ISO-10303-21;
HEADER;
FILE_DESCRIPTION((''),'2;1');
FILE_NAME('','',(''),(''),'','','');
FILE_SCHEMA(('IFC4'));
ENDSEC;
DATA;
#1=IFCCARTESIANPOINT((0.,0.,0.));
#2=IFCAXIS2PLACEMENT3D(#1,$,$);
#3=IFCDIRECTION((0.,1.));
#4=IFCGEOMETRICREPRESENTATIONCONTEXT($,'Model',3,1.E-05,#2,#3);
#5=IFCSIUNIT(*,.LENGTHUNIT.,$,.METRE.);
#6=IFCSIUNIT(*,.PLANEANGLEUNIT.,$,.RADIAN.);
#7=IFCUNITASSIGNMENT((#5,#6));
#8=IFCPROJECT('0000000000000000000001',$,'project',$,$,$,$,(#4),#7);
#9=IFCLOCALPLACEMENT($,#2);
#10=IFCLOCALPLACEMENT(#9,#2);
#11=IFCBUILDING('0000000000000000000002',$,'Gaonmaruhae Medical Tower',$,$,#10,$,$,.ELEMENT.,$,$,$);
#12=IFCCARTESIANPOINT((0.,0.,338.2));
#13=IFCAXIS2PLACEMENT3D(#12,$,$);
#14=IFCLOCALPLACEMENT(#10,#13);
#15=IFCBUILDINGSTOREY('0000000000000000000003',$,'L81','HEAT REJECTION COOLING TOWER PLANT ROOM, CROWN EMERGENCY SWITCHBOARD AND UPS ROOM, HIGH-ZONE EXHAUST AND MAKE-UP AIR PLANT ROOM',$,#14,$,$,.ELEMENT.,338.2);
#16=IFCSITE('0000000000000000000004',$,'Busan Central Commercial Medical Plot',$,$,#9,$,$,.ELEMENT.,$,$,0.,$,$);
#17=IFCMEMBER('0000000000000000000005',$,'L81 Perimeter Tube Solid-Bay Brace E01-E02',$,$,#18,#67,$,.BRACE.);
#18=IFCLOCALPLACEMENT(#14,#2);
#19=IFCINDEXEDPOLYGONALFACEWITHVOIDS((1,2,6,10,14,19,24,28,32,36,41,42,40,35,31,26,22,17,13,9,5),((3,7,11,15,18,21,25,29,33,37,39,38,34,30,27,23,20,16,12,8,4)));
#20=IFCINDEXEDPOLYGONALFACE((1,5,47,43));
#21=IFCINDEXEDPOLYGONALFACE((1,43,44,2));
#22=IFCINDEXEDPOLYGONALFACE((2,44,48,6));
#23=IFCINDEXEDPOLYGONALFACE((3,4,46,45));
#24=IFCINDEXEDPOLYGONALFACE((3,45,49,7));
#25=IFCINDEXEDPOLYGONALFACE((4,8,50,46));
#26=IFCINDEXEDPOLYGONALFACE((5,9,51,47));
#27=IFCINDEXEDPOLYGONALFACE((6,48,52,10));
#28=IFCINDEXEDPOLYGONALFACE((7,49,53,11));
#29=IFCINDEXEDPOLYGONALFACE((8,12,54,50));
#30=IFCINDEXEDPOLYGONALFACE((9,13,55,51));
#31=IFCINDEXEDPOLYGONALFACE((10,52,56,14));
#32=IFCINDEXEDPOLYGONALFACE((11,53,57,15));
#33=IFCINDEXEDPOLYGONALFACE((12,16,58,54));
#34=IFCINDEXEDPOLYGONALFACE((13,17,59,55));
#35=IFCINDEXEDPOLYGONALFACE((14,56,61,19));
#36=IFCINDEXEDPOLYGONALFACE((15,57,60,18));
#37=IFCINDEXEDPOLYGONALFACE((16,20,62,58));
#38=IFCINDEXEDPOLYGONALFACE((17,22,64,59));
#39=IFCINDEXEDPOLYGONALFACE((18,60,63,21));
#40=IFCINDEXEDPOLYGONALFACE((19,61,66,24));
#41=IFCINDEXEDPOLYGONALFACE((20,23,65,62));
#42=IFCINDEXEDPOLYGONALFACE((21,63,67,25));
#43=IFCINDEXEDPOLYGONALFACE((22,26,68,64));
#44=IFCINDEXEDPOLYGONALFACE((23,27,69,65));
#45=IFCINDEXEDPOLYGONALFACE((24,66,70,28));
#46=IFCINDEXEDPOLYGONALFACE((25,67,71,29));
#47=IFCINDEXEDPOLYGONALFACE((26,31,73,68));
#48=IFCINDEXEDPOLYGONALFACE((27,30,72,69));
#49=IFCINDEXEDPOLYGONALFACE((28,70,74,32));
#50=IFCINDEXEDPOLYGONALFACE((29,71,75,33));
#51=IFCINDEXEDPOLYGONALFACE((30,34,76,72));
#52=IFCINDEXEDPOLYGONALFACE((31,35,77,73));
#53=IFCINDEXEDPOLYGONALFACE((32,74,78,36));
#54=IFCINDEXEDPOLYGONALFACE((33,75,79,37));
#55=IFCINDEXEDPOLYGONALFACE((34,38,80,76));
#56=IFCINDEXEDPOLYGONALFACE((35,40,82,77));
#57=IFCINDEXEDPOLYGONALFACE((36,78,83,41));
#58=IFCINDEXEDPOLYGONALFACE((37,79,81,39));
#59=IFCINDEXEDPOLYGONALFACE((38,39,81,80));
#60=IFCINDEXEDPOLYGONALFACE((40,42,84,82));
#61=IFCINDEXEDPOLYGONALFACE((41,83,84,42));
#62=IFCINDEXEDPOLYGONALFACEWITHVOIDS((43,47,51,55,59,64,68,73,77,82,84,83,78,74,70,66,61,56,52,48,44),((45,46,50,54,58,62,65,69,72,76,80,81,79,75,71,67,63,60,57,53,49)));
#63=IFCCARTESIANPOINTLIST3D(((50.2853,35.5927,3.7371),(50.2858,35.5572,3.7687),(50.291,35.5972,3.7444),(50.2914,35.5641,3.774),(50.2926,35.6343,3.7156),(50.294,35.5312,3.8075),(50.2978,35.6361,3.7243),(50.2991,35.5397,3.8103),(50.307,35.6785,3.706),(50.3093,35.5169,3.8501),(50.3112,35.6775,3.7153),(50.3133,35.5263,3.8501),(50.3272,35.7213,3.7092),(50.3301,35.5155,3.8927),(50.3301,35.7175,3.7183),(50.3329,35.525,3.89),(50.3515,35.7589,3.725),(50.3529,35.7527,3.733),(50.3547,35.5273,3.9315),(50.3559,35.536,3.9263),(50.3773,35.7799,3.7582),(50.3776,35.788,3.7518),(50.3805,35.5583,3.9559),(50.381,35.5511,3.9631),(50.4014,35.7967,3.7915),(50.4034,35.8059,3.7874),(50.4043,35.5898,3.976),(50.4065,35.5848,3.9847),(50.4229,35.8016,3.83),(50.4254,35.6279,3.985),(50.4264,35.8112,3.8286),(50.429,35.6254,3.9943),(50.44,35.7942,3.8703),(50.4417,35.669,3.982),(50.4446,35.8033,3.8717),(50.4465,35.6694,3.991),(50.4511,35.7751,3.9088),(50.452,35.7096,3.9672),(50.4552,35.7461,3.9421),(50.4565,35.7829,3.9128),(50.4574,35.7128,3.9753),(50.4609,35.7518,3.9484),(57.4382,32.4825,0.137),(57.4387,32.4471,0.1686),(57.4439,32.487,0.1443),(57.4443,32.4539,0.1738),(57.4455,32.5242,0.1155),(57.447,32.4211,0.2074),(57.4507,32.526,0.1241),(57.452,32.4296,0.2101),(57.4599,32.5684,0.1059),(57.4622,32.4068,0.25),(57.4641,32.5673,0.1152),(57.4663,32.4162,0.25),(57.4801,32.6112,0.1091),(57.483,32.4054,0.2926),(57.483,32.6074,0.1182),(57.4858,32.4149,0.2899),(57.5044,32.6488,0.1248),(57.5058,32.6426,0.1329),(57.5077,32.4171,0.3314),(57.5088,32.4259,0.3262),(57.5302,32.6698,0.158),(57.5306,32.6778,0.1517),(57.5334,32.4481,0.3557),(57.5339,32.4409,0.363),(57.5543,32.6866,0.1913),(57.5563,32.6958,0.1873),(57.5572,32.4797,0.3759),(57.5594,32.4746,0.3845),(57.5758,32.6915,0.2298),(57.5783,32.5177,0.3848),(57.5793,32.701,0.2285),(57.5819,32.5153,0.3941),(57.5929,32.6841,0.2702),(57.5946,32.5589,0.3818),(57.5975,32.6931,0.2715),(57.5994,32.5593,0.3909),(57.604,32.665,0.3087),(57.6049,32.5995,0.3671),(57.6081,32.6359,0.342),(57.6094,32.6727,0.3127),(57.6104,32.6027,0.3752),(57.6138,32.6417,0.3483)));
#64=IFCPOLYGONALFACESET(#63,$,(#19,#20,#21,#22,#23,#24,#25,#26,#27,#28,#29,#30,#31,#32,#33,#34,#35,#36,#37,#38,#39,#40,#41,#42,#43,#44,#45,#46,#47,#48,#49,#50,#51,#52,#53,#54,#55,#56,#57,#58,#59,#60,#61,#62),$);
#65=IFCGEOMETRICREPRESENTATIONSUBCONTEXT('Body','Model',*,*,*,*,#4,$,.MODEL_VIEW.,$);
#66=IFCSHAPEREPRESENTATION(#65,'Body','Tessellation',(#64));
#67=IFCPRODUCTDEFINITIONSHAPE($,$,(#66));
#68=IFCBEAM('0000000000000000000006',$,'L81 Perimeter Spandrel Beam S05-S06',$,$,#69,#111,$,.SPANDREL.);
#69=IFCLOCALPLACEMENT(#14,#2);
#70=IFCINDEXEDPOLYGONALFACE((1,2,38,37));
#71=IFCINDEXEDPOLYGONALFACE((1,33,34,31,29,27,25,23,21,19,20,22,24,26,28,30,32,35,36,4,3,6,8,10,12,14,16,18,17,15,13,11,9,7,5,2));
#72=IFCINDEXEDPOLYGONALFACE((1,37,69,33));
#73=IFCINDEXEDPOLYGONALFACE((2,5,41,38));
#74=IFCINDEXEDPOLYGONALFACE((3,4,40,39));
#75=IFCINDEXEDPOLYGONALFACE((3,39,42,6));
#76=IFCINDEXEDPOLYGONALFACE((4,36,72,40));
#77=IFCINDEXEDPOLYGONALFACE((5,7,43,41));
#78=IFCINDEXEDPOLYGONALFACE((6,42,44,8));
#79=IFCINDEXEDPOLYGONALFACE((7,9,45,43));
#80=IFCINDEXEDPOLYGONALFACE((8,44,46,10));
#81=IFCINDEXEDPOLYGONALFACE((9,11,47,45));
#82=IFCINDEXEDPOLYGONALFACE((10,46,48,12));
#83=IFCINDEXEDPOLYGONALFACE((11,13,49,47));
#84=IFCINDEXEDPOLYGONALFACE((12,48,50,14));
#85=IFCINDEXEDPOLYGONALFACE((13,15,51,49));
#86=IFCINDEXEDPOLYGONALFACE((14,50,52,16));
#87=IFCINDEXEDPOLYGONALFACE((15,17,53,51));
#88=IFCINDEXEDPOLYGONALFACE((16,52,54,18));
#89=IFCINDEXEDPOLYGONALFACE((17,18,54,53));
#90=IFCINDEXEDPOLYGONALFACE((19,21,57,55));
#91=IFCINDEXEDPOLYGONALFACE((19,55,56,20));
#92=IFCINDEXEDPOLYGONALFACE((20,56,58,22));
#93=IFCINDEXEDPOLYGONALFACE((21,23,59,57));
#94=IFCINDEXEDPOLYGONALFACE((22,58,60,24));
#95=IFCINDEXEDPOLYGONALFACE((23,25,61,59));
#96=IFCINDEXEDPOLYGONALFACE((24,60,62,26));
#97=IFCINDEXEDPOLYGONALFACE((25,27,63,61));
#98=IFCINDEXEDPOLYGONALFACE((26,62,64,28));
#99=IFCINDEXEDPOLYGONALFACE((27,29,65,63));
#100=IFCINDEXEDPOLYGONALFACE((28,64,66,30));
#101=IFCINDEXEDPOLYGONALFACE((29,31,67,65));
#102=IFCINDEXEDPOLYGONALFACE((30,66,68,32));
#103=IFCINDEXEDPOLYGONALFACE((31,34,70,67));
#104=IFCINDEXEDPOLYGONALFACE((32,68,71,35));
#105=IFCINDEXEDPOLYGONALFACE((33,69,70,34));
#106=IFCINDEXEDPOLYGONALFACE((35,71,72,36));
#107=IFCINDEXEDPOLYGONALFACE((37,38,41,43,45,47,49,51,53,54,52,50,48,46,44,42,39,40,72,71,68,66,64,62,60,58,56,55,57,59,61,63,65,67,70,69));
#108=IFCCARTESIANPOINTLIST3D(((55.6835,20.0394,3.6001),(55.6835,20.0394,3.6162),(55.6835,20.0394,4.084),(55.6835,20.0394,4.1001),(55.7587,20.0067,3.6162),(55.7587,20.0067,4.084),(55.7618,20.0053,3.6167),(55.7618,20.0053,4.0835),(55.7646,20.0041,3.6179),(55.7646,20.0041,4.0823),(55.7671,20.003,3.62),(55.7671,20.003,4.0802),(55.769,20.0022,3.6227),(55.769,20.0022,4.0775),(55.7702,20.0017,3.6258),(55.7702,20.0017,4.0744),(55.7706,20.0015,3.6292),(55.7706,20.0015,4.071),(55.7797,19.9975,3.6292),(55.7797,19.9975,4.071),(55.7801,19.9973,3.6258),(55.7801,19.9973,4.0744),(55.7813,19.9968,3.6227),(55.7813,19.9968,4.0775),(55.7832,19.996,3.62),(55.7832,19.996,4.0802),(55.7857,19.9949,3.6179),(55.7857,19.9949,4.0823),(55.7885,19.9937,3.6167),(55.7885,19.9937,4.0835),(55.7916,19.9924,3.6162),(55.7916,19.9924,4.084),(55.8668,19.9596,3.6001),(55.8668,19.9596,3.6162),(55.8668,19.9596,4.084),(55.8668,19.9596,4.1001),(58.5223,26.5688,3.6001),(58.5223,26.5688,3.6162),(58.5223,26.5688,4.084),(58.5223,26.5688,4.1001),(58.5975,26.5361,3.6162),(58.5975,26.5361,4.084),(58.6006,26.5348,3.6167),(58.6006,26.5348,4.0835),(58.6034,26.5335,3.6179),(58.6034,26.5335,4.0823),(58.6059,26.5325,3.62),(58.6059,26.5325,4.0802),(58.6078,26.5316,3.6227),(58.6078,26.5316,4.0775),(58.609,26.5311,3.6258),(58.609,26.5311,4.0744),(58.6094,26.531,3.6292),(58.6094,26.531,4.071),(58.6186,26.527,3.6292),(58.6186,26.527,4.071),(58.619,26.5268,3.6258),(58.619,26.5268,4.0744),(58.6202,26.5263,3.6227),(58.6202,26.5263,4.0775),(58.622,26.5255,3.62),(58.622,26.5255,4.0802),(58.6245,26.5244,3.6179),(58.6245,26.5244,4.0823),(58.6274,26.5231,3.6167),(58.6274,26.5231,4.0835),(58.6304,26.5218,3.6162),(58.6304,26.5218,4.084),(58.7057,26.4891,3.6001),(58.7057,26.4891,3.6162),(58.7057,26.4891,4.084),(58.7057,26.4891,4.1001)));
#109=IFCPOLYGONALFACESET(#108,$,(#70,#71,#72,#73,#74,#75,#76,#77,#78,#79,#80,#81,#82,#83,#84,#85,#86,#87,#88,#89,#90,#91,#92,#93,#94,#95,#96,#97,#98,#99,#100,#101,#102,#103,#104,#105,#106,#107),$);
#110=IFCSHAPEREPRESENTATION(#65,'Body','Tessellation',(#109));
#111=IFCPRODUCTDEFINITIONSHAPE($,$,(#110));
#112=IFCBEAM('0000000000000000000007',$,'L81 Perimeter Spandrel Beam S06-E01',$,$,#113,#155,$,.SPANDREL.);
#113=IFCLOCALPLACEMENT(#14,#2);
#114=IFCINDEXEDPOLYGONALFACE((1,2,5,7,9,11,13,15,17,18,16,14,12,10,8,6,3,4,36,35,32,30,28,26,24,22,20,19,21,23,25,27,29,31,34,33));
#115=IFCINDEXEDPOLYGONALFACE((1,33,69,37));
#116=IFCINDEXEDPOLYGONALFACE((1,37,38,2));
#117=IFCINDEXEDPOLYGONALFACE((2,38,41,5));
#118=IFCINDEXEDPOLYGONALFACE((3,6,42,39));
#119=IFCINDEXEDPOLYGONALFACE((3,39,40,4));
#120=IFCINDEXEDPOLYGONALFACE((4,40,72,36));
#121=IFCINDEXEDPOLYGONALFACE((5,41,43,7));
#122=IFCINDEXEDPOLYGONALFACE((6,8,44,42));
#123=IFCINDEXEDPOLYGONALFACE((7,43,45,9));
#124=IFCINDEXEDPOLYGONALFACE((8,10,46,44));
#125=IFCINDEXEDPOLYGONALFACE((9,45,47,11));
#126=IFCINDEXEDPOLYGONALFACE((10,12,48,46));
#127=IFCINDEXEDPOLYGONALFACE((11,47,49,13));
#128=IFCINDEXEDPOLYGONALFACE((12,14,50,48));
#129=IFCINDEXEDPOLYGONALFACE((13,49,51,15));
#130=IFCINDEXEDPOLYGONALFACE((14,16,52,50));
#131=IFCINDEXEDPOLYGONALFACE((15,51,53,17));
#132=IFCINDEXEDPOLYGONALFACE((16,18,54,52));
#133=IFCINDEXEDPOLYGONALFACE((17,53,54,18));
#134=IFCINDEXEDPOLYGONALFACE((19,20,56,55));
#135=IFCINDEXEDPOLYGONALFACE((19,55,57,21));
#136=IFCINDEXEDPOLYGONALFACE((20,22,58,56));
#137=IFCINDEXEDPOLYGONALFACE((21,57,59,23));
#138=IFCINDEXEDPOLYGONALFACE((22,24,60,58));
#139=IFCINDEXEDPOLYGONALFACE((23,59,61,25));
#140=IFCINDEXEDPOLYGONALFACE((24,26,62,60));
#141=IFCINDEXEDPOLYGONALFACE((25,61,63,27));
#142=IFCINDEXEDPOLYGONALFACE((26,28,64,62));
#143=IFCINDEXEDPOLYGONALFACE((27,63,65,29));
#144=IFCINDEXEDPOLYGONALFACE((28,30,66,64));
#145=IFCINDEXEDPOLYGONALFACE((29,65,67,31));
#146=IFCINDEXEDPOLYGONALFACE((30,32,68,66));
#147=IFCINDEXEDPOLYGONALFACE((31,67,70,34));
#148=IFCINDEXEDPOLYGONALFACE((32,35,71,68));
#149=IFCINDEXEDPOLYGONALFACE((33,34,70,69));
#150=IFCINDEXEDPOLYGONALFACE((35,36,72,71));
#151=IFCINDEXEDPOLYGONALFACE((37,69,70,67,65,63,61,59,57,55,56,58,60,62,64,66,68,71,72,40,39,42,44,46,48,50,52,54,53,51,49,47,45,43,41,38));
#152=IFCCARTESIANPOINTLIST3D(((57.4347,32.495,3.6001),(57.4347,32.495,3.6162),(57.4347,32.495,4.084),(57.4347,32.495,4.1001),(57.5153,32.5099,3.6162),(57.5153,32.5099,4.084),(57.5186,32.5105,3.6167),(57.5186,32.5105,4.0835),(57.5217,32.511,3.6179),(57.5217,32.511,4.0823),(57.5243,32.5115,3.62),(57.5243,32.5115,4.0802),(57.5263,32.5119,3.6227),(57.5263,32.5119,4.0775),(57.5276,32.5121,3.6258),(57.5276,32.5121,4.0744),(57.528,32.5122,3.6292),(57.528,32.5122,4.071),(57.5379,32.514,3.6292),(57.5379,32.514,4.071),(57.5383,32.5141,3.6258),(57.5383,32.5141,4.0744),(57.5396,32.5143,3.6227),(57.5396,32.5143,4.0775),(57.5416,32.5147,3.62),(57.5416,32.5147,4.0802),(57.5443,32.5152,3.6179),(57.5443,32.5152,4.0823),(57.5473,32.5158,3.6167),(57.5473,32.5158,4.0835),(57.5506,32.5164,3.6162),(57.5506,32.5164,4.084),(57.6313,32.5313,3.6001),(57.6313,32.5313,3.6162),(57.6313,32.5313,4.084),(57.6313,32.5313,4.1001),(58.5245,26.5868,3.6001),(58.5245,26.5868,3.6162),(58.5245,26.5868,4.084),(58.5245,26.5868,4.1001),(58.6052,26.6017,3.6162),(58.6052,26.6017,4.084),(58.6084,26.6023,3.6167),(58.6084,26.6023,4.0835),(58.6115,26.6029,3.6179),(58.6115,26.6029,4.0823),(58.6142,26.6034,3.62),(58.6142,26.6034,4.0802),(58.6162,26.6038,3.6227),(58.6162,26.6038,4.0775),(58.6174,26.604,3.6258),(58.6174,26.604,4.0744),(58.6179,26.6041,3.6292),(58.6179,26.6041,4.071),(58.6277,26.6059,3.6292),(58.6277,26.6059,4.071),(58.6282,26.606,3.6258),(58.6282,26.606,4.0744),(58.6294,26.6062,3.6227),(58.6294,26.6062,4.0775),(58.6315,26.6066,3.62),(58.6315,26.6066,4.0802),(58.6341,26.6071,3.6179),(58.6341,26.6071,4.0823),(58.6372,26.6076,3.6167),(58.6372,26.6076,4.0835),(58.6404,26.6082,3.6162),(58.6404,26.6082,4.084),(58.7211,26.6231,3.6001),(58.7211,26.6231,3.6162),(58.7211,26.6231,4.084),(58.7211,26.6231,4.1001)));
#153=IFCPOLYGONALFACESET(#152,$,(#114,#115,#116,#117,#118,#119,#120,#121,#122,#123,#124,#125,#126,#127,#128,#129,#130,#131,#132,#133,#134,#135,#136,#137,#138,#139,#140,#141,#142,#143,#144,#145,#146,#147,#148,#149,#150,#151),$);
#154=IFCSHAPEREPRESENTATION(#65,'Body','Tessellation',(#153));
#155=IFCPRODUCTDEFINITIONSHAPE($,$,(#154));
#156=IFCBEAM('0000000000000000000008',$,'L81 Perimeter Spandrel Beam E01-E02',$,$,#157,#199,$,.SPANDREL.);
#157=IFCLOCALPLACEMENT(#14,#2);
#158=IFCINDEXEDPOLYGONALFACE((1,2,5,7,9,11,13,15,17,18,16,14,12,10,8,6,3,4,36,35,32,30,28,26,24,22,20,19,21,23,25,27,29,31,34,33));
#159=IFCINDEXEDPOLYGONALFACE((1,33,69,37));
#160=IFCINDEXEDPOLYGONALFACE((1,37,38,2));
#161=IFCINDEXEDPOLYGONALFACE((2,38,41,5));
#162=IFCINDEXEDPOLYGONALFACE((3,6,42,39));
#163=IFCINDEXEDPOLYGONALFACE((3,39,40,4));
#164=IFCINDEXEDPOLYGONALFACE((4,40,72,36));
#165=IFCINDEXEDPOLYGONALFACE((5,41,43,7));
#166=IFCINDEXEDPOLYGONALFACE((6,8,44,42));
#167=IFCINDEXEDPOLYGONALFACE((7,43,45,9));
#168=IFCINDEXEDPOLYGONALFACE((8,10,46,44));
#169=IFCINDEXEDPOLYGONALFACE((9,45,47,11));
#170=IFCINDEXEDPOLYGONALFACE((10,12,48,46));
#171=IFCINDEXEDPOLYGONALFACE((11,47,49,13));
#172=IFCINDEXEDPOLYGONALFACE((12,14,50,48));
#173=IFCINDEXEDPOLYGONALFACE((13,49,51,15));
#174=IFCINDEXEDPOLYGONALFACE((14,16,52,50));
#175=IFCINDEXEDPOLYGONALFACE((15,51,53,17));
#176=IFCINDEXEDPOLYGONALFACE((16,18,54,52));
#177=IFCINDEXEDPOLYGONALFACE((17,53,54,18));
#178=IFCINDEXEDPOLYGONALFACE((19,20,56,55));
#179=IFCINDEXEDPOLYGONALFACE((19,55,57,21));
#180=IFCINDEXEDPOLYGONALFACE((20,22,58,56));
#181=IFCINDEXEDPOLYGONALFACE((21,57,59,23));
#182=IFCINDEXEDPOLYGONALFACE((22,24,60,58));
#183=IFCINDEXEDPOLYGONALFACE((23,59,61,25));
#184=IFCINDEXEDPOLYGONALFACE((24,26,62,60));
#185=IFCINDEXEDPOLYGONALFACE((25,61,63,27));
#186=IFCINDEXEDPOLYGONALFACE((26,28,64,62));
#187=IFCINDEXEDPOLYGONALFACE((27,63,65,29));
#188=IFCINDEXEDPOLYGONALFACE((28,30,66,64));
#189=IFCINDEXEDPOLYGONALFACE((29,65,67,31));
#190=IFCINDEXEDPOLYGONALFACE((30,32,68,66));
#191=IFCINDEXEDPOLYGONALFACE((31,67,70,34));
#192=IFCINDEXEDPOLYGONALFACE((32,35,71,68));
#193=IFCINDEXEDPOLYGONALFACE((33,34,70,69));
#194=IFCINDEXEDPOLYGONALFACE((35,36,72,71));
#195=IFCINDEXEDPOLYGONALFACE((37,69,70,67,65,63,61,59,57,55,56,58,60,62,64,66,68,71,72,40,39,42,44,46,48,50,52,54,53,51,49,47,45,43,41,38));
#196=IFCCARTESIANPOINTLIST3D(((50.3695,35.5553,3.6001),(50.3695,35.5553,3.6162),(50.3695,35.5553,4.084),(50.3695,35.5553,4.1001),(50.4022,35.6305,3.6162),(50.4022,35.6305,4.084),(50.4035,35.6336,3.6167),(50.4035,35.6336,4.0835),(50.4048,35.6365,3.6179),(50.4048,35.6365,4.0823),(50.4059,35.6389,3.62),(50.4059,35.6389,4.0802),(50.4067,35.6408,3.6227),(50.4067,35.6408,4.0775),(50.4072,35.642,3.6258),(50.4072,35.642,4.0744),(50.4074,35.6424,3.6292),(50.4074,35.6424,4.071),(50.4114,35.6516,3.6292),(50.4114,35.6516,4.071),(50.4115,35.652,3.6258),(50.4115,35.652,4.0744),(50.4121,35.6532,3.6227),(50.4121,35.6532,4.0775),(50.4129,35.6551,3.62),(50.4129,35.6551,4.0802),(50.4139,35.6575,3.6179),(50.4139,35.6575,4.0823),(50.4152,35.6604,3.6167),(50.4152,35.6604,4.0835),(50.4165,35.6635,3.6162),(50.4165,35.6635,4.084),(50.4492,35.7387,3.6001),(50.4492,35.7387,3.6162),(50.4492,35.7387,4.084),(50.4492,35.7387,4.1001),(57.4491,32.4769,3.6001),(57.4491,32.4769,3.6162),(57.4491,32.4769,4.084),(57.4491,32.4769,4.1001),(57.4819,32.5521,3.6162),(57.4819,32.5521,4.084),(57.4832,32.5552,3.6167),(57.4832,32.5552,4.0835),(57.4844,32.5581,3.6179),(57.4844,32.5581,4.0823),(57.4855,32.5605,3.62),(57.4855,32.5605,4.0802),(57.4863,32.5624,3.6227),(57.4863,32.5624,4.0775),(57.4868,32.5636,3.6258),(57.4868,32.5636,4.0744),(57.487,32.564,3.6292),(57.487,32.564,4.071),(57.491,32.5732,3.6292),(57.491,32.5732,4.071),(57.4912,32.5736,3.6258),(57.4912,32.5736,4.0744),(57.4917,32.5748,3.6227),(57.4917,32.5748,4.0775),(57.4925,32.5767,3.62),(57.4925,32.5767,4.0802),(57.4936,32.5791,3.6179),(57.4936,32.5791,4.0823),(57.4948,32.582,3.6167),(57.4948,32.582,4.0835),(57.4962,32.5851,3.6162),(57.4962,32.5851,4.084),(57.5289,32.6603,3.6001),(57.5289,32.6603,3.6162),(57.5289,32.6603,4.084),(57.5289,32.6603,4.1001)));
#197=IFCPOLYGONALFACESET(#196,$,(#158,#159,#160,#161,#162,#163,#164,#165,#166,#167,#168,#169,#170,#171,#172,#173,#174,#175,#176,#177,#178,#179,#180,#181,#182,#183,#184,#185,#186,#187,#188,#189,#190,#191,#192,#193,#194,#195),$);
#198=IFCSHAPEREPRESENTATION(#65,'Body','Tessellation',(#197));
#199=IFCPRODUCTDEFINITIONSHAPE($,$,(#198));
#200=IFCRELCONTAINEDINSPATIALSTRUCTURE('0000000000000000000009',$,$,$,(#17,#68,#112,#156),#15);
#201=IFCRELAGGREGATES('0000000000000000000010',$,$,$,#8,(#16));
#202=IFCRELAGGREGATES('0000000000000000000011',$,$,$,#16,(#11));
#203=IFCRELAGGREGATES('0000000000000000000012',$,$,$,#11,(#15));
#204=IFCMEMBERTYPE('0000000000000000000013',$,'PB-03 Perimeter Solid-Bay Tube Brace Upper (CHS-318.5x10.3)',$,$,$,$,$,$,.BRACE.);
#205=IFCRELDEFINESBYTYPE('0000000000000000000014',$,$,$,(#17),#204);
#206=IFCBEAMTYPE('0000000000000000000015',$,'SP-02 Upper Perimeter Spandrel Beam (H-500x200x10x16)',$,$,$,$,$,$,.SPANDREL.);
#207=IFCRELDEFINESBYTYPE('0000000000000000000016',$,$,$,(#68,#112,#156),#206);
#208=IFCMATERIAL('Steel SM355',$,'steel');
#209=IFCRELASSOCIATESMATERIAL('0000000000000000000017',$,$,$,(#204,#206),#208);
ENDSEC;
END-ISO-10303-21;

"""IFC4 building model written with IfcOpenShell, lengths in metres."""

from ifc_helpers import new_model, si_unit, direction, frame, origin, origin_2d, place, context, subcontext, project, spatial, hollow_circle, i_section, extrude, material, material_profile, profile_set, type_object, element, save


model = new_model("IFC4")

# Units and contexts
model_context = context("Model", 3, precision=1e-05, world=origin(), true_north=direction((0.0, 1.0)))
body_context = subcontext(model_context, "Body", "Model", "MODEL_VIEW")
ifc_project = project(units=[si_unit("LENGTHUNIT", "METRE"), si_unit("PLANEANGLEUNIT", "RADIAN")], contexts=[model_context])

# Site, building, storey
site_placement = place(None, origin())
site = spatial("IfcSite", under=ifc_project, at=site_placement, Name="Busan Central Commercial Medical Plot", CompositionType="ELEMENT", RefElevation=0.0)
building_placement = place(site_placement, origin())
building = spatial("IfcBuilding", under=site, at=building_placement, Name="Gaonmaruhae Medical Tower", CompositionType="ELEMENT")
storey_placement = place(building_placement, frame((0.0, 0.0, 338.2)))
storey = spatial("IfcBuildingStorey", under=building, at=storey_placement, Name="L81", Description="HEAT REJECTION COOLING TOWER PLANT ROOM, CROWN EMERGENCY SWITCHBOARD AND UPS ROOM, HIGH-ZONE EXHAUST AND MAKE-UP AIR PLANT ROOM", CompositionType="ELEMENT", Elevation=338.2)

# Member
ifc_material_1 = material(Name="Steel SM355", Category="steel")
ifc_material_profile_1 = material_profile(ifc_material_1, hollow_circle(Radius=0.1592, WallThickness=0.0103, at=origin_2d()), Name="CHS-318.5x10.3")
ifc_profile_set_1 = profile_set([ifc_material_profile_1], Name="Steel SM355")
member_type_1 = type_object("IfcMemberType", Name="PB-03 Perimeter Solid-Bay Tube Brace Upper (CHS-318.5x10.3)", PredefinedType="BRACE", material=ifc_profile_set_1)
member_1_placement = place(storey_placement, frame((57.5256, 32.5527, 0.25), z_axis=(-0.832646, 0.362041, 0.41908), x_axis=(-0.398746, -0.917062, 0.0)))
element("IfcMember", 1, at=member_1_placement, inside=storey, type_object=member_type_1, Name="L81 Perimeter Tube Solid-Bay Brace E01-E02", PredefinedType="BRACE", context=body_context, shape_type="SweptSolid", body=[
    extrude(hollow_circle(Radius=0.1592, WallThickness=0.0103, at=origin_2d()), origin(), (0.0, 0.0, 1.0), 8.5906),
])

# Beams
ifc_material_profile_2 = material_profile(ifc_material_1, i_section(OverallWidth=0.2, OverallDepth=0.5, WebThickness=0.01, FlangeThickness=0.0161, FilletRadius=0.0129, at=origin_2d()), Name="H-500x200x10x16")
ifc_profile_set_2 = profile_set([ifc_material_profile_2], Name="Steel SM355")
beam_type = type_object("IfcBeamType", Name="SP-02 Upper Perimeter Spandrel Beam (H-500x200x10x16)", PredefinedType="SPANDREL", material=ifc_profile_set_2)
beam_1_placement = place(storey_placement, frame((55.7751, 19.9995, 3.8501), z_axis=(0.398719, 0.917073, 0.0), x_axis=(-0.917073, 0.398719, 0.0)))
element("IfcBeam", 2, at=beam_1_placement, inside=storey, type_object=beam_type, Name="L81 Perimeter Spandrel Beam S05-S06", PredefinedType="SPANDREL", context=body_context, shape_type="SweptSolid", body=[
    extrude(i_section(OverallWidth=0.2, OverallDepth=0.5, WebThickness=0.01, FlangeThickness=0.0161, FilletRadius=0.0129, at=origin_2d()), origin(), (0.0, 0.0, 1.0), 7.1199),
])
beam_2_placement = place(storey_placement, frame((58.6228, 26.605, 3.8501), z_axis=(-0.181402, 0.983409, 0.0), x_axis=(-0.983409, -0.181402, 0.0)))
element("IfcBeam", 3, at=beam_2_placement, inside=storey, type_object=beam_type, Name="L81 Perimeter Spandrel Beam S06-E01", PredefinedType="SPANDREL", context=body_context, shape_type="SweptSolid", body=[
    extrude(i_section(OverallWidth=0.2, OverallDepth=0.5, WebThickness=0.01, FlangeThickness=0.0161, FilletRadius=0.0129, at=origin_2d()), origin(), (0.0, 0.0, 1.0), 6.0078),
])
beam_3_placement = place(storey_placement, frame((57.489, 32.5686, 3.8501), z_axis=(-0.917056, 0.398757, 0.0), x_axis=(-0.398757, -0.917056, 0.0)))
element("IfcBeam", 4, at=beam_3_placement, inside=storey, type_object=beam_type, Name="L81 Perimeter Spandrel Beam E01-E02", PredefinedType="SPANDREL", context=body_context, shape_type="SweptSolid", body=[
    extrude(i_section(OverallWidth=0.2, OverallDepth=0.5, WebThickness=0.01, FlangeThickness=0.0161, FilletRadius=0.0129, at=origin_2d()), origin(), (0.0, 0.0, 1.0), 7.72),
])

save(model, "model.ifc")
